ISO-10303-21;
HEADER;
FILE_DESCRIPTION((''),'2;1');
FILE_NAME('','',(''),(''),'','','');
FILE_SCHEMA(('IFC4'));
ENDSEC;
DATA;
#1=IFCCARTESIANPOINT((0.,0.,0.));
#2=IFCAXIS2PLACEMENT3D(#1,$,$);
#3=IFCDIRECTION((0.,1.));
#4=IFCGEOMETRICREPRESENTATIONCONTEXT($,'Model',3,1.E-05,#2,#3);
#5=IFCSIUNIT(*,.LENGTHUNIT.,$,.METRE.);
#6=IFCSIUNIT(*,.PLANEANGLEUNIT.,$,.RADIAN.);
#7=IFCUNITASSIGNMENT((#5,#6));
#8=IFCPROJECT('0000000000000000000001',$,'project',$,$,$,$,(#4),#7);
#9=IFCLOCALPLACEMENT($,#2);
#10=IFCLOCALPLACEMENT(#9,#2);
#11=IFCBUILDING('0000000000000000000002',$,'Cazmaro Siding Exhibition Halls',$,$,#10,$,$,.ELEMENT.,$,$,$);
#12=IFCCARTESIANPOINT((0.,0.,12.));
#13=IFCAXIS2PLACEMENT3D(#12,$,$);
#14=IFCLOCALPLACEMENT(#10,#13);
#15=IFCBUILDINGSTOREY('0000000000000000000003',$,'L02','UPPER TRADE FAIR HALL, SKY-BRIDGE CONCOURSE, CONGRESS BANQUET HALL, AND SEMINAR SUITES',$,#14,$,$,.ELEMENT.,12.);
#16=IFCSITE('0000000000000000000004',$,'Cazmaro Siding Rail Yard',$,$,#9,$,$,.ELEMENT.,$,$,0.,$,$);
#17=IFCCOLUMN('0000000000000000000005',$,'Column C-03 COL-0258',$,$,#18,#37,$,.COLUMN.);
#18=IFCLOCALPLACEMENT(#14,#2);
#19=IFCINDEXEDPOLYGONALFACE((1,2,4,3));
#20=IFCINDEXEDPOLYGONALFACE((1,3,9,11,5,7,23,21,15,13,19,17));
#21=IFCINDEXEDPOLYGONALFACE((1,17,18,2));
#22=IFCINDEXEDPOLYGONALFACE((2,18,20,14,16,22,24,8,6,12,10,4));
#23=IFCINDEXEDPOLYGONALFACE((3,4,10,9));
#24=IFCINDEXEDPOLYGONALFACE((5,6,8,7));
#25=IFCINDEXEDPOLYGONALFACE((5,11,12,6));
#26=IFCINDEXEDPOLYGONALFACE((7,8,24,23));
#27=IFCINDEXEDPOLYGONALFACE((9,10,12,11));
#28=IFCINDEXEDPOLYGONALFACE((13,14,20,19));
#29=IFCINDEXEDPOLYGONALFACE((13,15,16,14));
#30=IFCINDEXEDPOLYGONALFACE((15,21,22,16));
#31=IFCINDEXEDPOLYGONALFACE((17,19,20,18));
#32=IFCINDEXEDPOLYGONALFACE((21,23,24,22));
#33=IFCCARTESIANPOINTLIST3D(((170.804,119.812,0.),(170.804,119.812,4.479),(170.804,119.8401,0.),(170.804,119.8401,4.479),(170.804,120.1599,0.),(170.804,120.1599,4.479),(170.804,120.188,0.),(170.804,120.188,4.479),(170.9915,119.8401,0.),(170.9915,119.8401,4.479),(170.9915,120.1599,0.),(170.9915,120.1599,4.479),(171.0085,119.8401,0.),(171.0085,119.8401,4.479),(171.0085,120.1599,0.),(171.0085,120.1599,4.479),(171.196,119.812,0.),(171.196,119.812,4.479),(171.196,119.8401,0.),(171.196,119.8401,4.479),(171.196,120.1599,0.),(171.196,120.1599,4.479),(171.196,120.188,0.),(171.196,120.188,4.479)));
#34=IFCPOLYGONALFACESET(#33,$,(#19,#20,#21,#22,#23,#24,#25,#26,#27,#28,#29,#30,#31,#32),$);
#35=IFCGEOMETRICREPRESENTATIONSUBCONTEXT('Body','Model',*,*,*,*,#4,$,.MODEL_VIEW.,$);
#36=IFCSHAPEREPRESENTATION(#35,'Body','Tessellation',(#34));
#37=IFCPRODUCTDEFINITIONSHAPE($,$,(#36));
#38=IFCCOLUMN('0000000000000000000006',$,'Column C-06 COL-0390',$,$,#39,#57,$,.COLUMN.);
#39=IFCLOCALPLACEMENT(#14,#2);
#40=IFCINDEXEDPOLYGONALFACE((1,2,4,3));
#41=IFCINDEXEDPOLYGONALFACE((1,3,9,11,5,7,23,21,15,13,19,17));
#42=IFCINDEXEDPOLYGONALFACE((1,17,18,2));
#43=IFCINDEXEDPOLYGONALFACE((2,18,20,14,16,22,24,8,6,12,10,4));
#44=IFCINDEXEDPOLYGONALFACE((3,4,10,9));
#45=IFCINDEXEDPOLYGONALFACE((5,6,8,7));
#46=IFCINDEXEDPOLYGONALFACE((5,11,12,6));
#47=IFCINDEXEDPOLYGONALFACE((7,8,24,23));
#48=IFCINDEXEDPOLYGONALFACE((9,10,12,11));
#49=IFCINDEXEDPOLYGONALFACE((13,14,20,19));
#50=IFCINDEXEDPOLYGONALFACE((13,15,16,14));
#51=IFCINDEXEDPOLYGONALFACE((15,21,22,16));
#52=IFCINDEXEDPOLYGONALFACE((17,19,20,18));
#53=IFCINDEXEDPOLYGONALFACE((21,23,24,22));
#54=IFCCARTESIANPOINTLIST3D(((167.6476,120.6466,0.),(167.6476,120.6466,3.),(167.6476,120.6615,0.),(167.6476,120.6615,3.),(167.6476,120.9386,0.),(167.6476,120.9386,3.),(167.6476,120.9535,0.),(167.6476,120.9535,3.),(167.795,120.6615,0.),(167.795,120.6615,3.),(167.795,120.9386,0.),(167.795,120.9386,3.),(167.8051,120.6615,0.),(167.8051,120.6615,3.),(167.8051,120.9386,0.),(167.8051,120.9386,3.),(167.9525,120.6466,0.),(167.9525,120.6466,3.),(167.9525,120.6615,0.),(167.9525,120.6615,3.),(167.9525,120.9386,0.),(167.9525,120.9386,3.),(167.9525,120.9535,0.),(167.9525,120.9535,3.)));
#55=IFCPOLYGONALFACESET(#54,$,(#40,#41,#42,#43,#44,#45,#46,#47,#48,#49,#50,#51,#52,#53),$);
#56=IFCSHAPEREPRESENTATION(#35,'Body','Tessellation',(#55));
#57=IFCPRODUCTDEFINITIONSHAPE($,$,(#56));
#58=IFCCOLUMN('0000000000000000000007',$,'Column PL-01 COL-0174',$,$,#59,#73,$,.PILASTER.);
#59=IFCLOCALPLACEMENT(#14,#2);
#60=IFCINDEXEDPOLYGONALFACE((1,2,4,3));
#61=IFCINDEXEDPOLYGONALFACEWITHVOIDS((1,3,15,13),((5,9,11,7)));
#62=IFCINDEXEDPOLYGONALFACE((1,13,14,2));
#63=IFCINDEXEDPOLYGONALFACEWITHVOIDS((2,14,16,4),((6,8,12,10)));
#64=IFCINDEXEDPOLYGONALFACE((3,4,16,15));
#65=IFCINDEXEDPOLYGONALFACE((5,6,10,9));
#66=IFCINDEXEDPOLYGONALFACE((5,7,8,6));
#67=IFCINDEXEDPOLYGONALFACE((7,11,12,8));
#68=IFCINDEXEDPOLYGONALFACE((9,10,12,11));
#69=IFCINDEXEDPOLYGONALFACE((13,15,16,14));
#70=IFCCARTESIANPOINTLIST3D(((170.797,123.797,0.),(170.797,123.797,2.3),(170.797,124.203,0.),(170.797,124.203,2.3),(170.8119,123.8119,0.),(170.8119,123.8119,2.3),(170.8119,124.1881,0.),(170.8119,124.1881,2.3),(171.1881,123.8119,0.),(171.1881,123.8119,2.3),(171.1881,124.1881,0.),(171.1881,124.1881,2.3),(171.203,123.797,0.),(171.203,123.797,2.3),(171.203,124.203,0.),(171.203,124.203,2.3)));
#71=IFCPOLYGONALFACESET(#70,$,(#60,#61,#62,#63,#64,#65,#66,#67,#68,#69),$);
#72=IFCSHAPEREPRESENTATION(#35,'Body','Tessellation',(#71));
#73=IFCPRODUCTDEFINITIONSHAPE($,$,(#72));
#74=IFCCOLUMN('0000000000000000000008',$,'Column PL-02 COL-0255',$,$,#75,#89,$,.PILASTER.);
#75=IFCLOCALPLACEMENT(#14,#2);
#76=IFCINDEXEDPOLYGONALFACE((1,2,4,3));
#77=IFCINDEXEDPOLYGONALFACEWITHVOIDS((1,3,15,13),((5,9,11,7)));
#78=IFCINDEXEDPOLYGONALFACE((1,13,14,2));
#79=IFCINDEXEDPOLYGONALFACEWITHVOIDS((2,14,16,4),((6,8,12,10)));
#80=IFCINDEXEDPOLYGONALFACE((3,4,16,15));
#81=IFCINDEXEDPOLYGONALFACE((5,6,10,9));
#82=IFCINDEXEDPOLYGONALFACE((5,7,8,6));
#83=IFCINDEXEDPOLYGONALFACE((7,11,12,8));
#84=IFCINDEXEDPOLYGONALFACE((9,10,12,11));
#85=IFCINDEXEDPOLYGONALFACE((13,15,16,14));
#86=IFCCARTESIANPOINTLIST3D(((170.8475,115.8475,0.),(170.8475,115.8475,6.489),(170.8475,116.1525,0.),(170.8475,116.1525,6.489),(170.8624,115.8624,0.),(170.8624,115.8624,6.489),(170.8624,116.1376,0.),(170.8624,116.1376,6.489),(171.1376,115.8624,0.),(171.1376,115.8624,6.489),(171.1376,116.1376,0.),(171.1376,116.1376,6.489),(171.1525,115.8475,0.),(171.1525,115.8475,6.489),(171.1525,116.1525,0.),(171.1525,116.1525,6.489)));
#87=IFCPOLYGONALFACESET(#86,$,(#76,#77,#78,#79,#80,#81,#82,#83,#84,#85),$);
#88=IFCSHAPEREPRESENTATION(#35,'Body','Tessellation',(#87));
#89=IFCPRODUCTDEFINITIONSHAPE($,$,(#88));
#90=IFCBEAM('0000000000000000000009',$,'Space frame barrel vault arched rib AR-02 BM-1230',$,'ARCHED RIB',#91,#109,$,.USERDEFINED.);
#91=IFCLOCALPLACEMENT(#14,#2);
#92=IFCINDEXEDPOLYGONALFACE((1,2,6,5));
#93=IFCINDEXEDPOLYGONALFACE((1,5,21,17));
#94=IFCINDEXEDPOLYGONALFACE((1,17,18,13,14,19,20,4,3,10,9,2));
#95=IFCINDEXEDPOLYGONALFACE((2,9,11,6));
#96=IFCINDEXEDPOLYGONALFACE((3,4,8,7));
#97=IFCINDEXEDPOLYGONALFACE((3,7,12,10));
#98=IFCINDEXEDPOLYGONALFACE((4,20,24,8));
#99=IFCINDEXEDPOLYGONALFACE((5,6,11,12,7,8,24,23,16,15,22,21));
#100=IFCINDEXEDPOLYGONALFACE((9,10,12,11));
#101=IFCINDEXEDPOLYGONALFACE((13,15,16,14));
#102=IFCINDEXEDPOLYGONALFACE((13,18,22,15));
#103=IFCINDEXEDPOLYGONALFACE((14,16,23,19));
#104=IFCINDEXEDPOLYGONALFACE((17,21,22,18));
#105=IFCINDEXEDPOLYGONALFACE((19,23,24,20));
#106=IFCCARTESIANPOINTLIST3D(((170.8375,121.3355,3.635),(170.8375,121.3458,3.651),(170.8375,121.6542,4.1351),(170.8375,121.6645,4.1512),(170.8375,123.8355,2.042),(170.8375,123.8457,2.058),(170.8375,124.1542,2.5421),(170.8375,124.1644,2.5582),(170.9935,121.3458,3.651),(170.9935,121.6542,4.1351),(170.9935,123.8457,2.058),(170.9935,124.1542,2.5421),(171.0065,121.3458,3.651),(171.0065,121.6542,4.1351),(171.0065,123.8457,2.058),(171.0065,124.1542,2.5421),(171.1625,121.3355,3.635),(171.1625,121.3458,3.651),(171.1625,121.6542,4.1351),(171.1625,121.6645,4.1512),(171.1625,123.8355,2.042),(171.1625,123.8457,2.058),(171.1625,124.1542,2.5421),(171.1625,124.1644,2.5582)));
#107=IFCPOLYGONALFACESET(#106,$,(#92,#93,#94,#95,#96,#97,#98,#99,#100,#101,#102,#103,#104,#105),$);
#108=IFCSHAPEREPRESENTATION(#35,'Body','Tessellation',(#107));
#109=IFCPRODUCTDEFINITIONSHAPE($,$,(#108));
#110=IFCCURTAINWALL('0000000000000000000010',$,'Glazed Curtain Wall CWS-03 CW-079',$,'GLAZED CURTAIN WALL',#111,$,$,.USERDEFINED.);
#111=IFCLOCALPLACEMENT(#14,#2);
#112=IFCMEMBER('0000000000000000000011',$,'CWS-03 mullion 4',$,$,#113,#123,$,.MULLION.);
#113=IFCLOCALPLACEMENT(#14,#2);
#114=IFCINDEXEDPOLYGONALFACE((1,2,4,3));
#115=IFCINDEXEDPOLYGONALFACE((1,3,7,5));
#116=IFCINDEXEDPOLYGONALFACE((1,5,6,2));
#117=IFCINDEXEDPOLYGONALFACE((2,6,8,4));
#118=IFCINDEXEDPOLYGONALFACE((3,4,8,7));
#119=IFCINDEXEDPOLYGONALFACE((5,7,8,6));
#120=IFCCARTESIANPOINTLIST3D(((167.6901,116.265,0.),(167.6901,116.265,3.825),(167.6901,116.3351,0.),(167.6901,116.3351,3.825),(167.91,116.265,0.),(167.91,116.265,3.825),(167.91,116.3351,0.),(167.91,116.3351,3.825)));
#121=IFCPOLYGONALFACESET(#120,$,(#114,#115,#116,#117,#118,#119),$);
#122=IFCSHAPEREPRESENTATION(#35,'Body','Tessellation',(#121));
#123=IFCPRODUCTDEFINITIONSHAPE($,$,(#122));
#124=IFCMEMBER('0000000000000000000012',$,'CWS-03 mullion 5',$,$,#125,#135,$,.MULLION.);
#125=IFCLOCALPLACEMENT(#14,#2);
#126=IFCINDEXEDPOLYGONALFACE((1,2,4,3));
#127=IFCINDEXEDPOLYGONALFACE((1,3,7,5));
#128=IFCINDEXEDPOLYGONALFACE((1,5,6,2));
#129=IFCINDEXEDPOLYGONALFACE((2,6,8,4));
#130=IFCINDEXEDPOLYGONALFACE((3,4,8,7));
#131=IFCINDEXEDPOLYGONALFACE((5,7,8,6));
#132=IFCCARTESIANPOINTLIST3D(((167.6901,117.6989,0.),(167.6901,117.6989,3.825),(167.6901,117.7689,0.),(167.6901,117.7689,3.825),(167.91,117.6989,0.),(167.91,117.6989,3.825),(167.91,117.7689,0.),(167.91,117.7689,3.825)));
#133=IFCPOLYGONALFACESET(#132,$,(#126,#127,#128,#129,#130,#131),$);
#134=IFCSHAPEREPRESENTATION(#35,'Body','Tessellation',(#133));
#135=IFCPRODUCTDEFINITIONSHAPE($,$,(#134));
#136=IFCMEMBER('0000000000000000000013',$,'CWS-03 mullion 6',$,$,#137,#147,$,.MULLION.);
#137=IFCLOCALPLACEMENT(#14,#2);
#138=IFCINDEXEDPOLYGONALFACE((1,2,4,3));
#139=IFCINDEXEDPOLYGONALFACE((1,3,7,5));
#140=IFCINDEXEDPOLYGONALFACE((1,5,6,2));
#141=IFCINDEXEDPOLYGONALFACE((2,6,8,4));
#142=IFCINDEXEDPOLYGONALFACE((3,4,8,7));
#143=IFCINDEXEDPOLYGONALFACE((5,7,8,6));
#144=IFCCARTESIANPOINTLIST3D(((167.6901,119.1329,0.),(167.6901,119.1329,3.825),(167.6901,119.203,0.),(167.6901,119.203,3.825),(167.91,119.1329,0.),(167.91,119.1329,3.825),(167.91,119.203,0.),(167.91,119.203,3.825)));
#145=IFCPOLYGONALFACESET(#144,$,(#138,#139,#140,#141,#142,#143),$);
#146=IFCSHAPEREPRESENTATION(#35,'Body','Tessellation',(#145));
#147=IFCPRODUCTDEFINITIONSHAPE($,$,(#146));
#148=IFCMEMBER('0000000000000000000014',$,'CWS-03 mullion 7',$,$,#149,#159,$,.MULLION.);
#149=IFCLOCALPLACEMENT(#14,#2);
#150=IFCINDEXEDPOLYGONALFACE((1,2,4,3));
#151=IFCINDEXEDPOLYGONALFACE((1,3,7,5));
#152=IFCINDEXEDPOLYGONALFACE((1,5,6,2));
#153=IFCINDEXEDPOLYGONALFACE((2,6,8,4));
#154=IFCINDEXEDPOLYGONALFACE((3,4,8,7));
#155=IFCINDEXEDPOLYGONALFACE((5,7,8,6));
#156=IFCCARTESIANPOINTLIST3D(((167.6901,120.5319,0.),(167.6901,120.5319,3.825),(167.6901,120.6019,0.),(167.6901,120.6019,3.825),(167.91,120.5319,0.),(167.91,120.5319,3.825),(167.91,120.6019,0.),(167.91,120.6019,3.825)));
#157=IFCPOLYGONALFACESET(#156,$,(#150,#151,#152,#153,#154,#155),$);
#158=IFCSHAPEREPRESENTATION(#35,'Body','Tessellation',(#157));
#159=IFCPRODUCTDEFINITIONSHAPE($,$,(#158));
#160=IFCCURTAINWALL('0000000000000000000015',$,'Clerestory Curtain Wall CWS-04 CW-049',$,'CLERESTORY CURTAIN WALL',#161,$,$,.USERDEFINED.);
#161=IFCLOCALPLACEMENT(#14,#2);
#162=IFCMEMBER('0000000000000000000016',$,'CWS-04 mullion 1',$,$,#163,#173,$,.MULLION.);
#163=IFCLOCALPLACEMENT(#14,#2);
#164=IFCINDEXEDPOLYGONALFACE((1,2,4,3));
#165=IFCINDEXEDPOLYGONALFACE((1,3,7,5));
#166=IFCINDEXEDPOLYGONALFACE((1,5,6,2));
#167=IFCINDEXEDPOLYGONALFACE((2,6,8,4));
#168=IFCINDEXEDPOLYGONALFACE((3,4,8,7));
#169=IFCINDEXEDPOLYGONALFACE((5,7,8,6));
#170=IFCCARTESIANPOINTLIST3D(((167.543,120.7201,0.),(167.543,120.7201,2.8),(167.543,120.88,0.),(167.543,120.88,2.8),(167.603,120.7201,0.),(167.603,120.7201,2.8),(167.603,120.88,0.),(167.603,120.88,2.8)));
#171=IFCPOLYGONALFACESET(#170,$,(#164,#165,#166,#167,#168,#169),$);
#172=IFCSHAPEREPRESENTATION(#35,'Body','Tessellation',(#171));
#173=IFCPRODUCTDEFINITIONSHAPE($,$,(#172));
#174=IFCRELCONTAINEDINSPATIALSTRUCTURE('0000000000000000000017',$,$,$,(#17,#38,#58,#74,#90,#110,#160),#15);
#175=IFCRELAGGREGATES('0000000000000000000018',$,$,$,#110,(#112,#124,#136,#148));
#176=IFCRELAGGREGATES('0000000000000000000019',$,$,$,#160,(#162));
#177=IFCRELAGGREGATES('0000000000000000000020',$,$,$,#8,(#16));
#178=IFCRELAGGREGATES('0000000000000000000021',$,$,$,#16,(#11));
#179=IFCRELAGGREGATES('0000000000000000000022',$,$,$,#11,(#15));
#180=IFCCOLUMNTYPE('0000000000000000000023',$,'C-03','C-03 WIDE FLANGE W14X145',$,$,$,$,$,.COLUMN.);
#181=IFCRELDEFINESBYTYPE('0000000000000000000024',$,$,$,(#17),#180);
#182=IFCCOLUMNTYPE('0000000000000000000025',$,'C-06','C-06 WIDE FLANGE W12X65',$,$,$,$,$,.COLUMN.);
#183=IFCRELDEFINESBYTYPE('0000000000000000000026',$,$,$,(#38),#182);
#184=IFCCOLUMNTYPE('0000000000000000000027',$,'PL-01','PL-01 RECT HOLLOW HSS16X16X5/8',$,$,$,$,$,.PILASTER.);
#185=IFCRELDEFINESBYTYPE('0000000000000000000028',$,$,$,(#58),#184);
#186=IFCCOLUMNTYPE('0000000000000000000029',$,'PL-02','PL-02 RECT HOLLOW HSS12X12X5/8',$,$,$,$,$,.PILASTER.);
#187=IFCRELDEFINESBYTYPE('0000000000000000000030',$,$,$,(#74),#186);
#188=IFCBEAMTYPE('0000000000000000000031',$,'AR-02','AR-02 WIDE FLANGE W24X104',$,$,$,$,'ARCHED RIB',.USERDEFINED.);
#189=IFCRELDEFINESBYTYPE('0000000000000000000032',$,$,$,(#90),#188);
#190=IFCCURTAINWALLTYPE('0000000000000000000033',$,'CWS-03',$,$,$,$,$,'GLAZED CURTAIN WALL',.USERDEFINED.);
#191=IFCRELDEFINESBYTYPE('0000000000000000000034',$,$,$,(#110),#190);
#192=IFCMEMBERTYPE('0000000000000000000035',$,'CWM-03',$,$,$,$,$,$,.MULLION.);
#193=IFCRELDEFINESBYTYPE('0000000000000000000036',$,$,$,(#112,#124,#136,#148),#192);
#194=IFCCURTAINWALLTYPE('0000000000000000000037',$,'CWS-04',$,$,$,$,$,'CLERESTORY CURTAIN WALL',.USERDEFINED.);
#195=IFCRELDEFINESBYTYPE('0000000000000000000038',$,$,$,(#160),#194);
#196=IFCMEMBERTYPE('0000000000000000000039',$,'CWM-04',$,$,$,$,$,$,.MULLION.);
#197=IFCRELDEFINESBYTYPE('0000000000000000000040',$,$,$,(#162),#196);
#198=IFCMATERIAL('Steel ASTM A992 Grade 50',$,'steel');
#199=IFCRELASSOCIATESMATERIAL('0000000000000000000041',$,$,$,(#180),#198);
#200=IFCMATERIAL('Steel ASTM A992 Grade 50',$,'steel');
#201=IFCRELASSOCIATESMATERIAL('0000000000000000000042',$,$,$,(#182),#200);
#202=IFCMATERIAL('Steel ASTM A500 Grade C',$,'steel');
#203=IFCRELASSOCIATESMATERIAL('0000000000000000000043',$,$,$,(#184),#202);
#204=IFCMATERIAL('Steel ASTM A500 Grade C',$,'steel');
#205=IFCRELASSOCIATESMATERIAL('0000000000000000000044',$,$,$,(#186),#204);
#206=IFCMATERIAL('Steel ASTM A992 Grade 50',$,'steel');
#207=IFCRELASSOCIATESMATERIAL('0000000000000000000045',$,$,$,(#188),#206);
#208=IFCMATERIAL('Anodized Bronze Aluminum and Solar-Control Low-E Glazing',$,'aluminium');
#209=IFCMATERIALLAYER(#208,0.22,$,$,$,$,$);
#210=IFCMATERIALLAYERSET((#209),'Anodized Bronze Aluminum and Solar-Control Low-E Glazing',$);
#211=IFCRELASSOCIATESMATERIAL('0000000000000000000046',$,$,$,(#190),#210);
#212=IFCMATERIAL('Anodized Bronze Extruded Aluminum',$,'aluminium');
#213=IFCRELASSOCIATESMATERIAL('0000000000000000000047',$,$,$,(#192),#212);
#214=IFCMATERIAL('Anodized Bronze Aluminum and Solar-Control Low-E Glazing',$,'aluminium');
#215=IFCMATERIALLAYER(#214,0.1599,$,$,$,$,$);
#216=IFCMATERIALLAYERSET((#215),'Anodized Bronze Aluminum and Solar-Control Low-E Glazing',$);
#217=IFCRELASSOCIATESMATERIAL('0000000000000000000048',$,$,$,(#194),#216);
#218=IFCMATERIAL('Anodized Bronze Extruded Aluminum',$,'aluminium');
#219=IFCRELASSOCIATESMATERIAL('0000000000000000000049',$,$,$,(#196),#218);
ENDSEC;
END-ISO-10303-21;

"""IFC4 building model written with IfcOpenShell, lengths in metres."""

from ifc_helpers import new_model, si_unit, direction, frame, origin, origin_2d, place, context, subcontext, project, spatial, rectangle, hollow_rectangle, i_section, extrude, material, layer, layer_set, material_profile, profile_set, type_object, element, aggregate, save


model = new_model("IFC4")

# Units and contexts
model_context = context("Model", 3, precision=1e-05, world=origin(), true_north=direction((0.0, 1.0)))
body_context = subcontext(model_context, "Body", "Model", "MODEL_VIEW")
ifc_project = project(units=[si_unit("LENGTHUNIT", "METRE"), si_unit("PLANEANGLEUNIT", "RADIAN")], contexts=[model_context])

# Site, building, storey
site_placement = place(None, origin())
site = spatial("IfcSite", under=ifc_project, at=site_placement, Name="Cazmaro Siding Rail Yard", CompositionType="ELEMENT", RefElevation=0.0)
building_placement = place(site_placement, origin())
building = spatial("IfcBuilding", under=site, at=building_placement, Name="Cazmaro Siding Exhibition Halls", CompositionType="ELEMENT")
storey_placement = place(building_placement, frame((0.0, 0.0, 12.0)))
storey = spatial("IfcBuildingStorey", under=building, at=storey_placement, Name="L02", Description="UPPER TRADE FAIR HALL, SKY-BRIDGE CONCOURSE, CONGRESS BANQUET HALL, AND SEMINAR SUITES", CompositionType="ELEMENT", Elevation=12.0)

# Columns
ifc_material_1 = material(Name="Steel ASTM A992 Grade 50", Category="steel")
ifc_material_profile_1 = material_profile(ifc_material_1, i_section(OverallWidth=0.3921, OverallDepth=0.376, WebThickness=0.0171, FlangeThickness=0.0281, at=origin_2d()), Name="W14X145")
ifc_profile_set_1 = profile_set([ifc_material_profile_1], Name="Steel ASTM A992 Grade 50")
column_type_1 = type_object("IfcColumnType", Name="C-03", Description="C-03 WIDE FLANGE W14X145", PredefinedType="COLUMN", material=ifc_profile_set_1)
column_1_placement = place(storey_placement, frame((171.0, 120.0, 0.0), z_axis=(0.0, 0.0, 1.0), x_axis=(1.0, 0.0, 0.0)))
element("IfcColumn", 1, at=column_1_placement, inside=storey, type_object=column_type_1, Name="Column C-03 COL-0258", PredefinedType="COLUMN", context=body_context, shape_type="SweptSolid", body=[
    extrude(i_section(OverallWidth=0.3921, OverallDepth=0.376, WebThickness=0.0171, FlangeThickness=0.0281, at=origin_2d()), origin(), (0.0, 0.0, 1.0), 4.479),
])
ifc_material_2 = material(Name="Steel ASTM A992 Grade 50", Category="steel")
ifc_material_profile_2 = material_profile(ifc_material_2, i_section(OverallWidth=0.3049, OverallDepth=0.3069, WebThickness=0.01, FlangeThickness=0.0149, at=origin_2d()), Name="W12X65")
ifc_profile_set_2 = profile_set([ifc_material_profile_2], Name="Steel ASTM A992 Grade 50")
column_type_2 = type_object("IfcColumnType", Name="C-06", Description="C-06 WIDE FLANGE W12X65", PredefinedType="COLUMN", material=ifc_profile_set_2)
column_2_placement = place(storey_placement, frame((167.8, 120.8, 0.0), z_axis=(0.0, 0.0, 1.0), x_axis=(1.0, 0.0, 0.0)))
element("IfcColumn", 2, at=column_2_placement, inside=storey, type_object=column_type_2, Name="Column C-06 COL-0390", PredefinedType="COLUMN", context=body_context, shape_type="SweptSolid", body=[
    extrude(i_section(OverallWidth=0.3049, OverallDepth=0.3069, WebThickness=0.01, FlangeThickness=0.0149, at=origin_2d()), origin(), (0.0, 0.0, 1.0), 3.0),
])
ifc_material_3 = material(Name="Steel ASTM A500 Grade C", Category="steel")
ifc_material_profile_3 = material_profile(ifc_material_3, hollow_rectangle(XDim=0.406, YDim=0.406, WallThickness=0.0149, at=origin_2d()), Name="HSS16X16X5/8")
ifc_profile_set_3 = profile_set([ifc_material_profile_3], Name="Steel ASTM A500 Grade C")
column_type_3 = type_object("IfcColumnType", Name="PL-01", Description="PL-01 RECT HOLLOW HSS16X16X5/8", PredefinedType="PILASTER", material=ifc_profile_set_3)
column_3_placement = place(storey_placement, frame((171.0, 124.0, 0.0), z_axis=(0.0, 0.0, 1.0), x_axis=(1.0, 0.0, 0.0)))
element("IfcColumn", 3, at=column_3_placement, inside=storey, type_object=column_type_3, Name="Column PL-01 COL-0174", PredefinedType="PILASTER", context=body_context, shape_type="SweptSolid", body=[
    extrude(hollow_rectangle(XDim=0.406, YDim=0.406, WallThickness=0.0149, at=origin_2d()), origin(), (0.0, 0.0, 1.0), 2.3),
])
ifc_material_4 = material(Name="Steel ASTM A500 Grade C", Category="steel")
ifc_material_profile_4 = material_profile(ifc_material_4, hollow_rectangle(XDim=0.3049, YDim=0.3049, WallThickness=0.0149, at=origin_2d()), Name="HSS12X12X5/8")
ifc_profile_set_4 = profile_set([ifc_material_profile_4], Name="Steel ASTM A500 Grade C")
column_type_4 = type_object("IfcColumnType", Name="PL-02", Description="PL-02 RECT HOLLOW HSS12X12X5/8", PredefinedType="PILASTER", material=ifc_profile_set_4)
column_4_placement = place(storey_placement, frame((171.0, 116.0, 0.0), z_axis=(0.0, 0.0, 1.0), x_axis=(1.0, 0.0, 0.0)))
element("IfcColumn", 4, at=column_4_placement, inside=storey, type_object=column_type_4, Name="Column PL-02 COL-0255", PredefinedType="PILASTER", context=body_context, shape_type="SweptSolid", body=[
    extrude(hollow_rectangle(XDim=0.3049, YDim=0.3049, WallThickness=0.0149, at=origin_2d()), origin(), (0.0, 0.0, 1.0), 6.489),
])

# Beam
ifc_material_5 = material(Name="Steel ASTM A992 Grade 50", Category="steel")
ifc_material_profile_5 = material_profile(ifc_material_5, i_section(OverallWidth=0.325, OverallDepth=0.6121, WebThickness=0.0129, FlangeThickness=0.019, at=origin_2d()), Name="W24X104")
ifc_profile_set_5 = profile_set([ifc_material_profile_5], Name="Steel ASTM A992 Grade 50")
beam_type_1 = type_object("IfcBeamType", Name="AR-02", Description="AR-02 WIDE FLANGE W24X104", ElementType="ARCHED RIB", PredefinedType="USERDEFINED", material=ifc_profile_set_5)
beam_placement = place(storey_placement, frame((171.0, 121.5, 3.8931), z_axis=(0.0, 0.843339, -0.537382), x_axis=(-1.0, 0.0, 0.0)))
element("IfcBeam", 5, at=beam_placement, inside=storey, type_object=beam_type_1, Name="Space frame barrel vault arched rib AR-02 BM-1230", ObjectType="ARCHED RIB", PredefinedType="USERDEFINED", context=body_context, shape_type="SweptSolid", body=[
    extrude(i_section(OverallWidth=0.325, OverallDepth=0.6121, WebThickness=0.0129, FlangeThickness=0.019, at=origin_2d()), origin(), (0.0, 0.0, 1.0), 2.9644),
])

# Curtain wall, members
ifc_material_6 = material(Name="Anodized Bronze Aluminum and Solar-Control Low-E Glazing", Category="aluminium")
ifc_layer_1 = layer(ifc_material_6, 0.22)
ifc_layer_set_1 = layer_set([ifc_layer_1], Name="Anodized Bronze Aluminum and Solar-Control Low-E Glazing")
curtain_wall_type_1 = type_object("IfcCurtainWallType", Name="CWS-03", ElementType="GLAZED CURTAIN WALL", PredefinedType="USERDEFINED", material=ifc_layer_set_1)
curtain_wall_1_placement = place(storey_placement, origin())
curtain_wall_1 = element("IfcCurtainWall", 6, at=curtain_wall_1_placement, inside=storey, type_object=curtain_wall_type_1, Name="Glazed Curtain Wall CWS-03 CW-079", ObjectType="GLAZED CURTAIN WALL", PredefinedType="USERDEFINED")
ifc_material_7 = material(Name="Anodized Bronze Extruded Aluminum", Category="aluminium")
ifc_material_profile_6 = material_profile(ifc_material_7, rectangle(XDim=0.22, YDim=0.0701, at=origin_2d()), Name="CWM-03")
ifc_profile_set_6 = profile_set([ifc_material_profile_6], Name="Anodized Bronze Extruded Aluminum")
member_type_1 = type_object("IfcMemberType", Name="CWM-03", PredefinedType="MULLION", material=ifc_profile_set_6)
member_1_placement = place(storey_placement, frame((167.8, 116.3, 0.0), z_axis=(0.0, 0.0, 1.0), x_axis=(-1.0, 0.0, 0.0)))
member_1 = element("IfcMember", 7, at=member_1_placement, type_object=member_type_1, Name="CWS-03 mullion 4", PredefinedType="MULLION", context=body_context, shape_type="SweptSolid", body=[
    extrude(rectangle(XDim=0.22, YDim=0.0701, at=origin_2d()), origin(), (0.0, 0.0, 1.0), 3.825),
])
member_2_placement = place(storey_placement, frame((167.8, 117.7339, 0.0), z_axis=(0.0, 0.0, 1.0), x_axis=(-1.0, 0.0, 0.0)))
member_2 = element("IfcMember", 8, at=member_2_placement, type_object=member_type_1, Name="CWS-03 mullion 5", PredefinedType="MULLION", context=body_context, shape_type="SweptSolid", body=[
    extrude(rectangle(XDim=0.22, YDim=0.0701, at=origin_2d()), origin(), (0.0, 0.0, 1.0), 3.825),
])
member_3_placement = place(storey_placement, frame((167.8, 119.168, 0.0), z_axis=(0.0, 0.0, 1.0), x_axis=(-1.0, 0.0, 0.0)))
member_3 = element("IfcMember", 9, at=member_3_placement, type_object=member_type_1, Name="CWS-03 mullion 6", PredefinedType="MULLION", context=body_context, shape_type="SweptSolid", body=[
    extrude(rectangle(XDim=0.22, YDim=0.0701, at=origin_2d()), origin(), (0.0, 0.0, 1.0), 3.825),
])
member_4_placement = place(storey_placement, frame((167.8, 120.5669, 0.0), z_axis=(0.0, 0.0, 1.0), x_axis=(-1.0, 0.0, 0.0)))
member_4 = element("IfcMember", 10, at=member_4_placement, type_object=member_type_1, Name="CWS-03 mullion 7", PredefinedType="MULLION", context=body_context, shape_type="SweptSolid", body=[
    extrude(rectangle(XDim=0.22, YDim=0.0701, at=origin_2d()), origin(), (0.0, 0.0, 1.0), 3.825),
])

# Curtain wall, member
ifc_material_8 = material(Name="Anodized Bronze Aluminum and Solar-Control Low-E Glazing", Category="aluminium")
ifc_layer_2 = layer(ifc_material_8, 0.1599)
ifc_layer_set_2 = layer_set([ifc_layer_2], Name="Anodized Bronze Aluminum and Solar-Control Low-E Glazing")
curtain_wall_type_2 = type_object("IfcCurtainWallType", Name="CWS-04", ElementType="CLERESTORY CURTAIN WALL", PredefinedType="USERDEFINED", material=ifc_layer_set_2)
curtain_wall_2_placement = place(storey_placement, origin())
curtain_wall_2 = element("IfcCurtainWall", 11, at=curtain_wall_2_placement, inside=storey, type_object=curtain_wall_type_2, Name="Clerestory Curtain Wall CWS-04 CW-049", ObjectType="CLERESTORY CURTAIN WALL", PredefinedType="USERDEFINED")
ifc_material_9 = material(Name="Anodized Bronze Extruded Aluminum", Category="aluminium")
ifc_material_profile_7 = material_profile(ifc_material_9, rectangle(XDim=0.1599, YDim=0.0601, at=origin_2d()), Name="CWM-04")
ifc_profile_set_7 = profile_set([ifc_material_profile_7], Name="Anodized Bronze Extruded Aluminum")
member_type_2 = type_object("IfcMemberType", Name="CWM-04", PredefinedType="MULLION", material=ifc_profile_set_7)
member_5_placement = place(storey_placement, frame((167.573, 120.8, 0.0), z_axis=(0.0, 0.0, 1.0), x_axis=(0.0, -1.0, 0.0)))
member_5 = element("IfcMember", 12, at=member_5_placement, type_object=member_type_2, Name="CWS-04 mullion 1", PredefinedType="MULLION", context=body_context, shape_type="SweptSolid", body=[
    extrude(rectangle(XDim=0.1599, YDim=0.0601, at=origin_2d()), origin(), (0.0, 0.0, 1.0), 2.8),
])

aggregate(curtain_wall_1, [member_1, member_2, member_3, member_4])
aggregate(curtain_wall_2, [member_5])

save(model, "model.ifc")
